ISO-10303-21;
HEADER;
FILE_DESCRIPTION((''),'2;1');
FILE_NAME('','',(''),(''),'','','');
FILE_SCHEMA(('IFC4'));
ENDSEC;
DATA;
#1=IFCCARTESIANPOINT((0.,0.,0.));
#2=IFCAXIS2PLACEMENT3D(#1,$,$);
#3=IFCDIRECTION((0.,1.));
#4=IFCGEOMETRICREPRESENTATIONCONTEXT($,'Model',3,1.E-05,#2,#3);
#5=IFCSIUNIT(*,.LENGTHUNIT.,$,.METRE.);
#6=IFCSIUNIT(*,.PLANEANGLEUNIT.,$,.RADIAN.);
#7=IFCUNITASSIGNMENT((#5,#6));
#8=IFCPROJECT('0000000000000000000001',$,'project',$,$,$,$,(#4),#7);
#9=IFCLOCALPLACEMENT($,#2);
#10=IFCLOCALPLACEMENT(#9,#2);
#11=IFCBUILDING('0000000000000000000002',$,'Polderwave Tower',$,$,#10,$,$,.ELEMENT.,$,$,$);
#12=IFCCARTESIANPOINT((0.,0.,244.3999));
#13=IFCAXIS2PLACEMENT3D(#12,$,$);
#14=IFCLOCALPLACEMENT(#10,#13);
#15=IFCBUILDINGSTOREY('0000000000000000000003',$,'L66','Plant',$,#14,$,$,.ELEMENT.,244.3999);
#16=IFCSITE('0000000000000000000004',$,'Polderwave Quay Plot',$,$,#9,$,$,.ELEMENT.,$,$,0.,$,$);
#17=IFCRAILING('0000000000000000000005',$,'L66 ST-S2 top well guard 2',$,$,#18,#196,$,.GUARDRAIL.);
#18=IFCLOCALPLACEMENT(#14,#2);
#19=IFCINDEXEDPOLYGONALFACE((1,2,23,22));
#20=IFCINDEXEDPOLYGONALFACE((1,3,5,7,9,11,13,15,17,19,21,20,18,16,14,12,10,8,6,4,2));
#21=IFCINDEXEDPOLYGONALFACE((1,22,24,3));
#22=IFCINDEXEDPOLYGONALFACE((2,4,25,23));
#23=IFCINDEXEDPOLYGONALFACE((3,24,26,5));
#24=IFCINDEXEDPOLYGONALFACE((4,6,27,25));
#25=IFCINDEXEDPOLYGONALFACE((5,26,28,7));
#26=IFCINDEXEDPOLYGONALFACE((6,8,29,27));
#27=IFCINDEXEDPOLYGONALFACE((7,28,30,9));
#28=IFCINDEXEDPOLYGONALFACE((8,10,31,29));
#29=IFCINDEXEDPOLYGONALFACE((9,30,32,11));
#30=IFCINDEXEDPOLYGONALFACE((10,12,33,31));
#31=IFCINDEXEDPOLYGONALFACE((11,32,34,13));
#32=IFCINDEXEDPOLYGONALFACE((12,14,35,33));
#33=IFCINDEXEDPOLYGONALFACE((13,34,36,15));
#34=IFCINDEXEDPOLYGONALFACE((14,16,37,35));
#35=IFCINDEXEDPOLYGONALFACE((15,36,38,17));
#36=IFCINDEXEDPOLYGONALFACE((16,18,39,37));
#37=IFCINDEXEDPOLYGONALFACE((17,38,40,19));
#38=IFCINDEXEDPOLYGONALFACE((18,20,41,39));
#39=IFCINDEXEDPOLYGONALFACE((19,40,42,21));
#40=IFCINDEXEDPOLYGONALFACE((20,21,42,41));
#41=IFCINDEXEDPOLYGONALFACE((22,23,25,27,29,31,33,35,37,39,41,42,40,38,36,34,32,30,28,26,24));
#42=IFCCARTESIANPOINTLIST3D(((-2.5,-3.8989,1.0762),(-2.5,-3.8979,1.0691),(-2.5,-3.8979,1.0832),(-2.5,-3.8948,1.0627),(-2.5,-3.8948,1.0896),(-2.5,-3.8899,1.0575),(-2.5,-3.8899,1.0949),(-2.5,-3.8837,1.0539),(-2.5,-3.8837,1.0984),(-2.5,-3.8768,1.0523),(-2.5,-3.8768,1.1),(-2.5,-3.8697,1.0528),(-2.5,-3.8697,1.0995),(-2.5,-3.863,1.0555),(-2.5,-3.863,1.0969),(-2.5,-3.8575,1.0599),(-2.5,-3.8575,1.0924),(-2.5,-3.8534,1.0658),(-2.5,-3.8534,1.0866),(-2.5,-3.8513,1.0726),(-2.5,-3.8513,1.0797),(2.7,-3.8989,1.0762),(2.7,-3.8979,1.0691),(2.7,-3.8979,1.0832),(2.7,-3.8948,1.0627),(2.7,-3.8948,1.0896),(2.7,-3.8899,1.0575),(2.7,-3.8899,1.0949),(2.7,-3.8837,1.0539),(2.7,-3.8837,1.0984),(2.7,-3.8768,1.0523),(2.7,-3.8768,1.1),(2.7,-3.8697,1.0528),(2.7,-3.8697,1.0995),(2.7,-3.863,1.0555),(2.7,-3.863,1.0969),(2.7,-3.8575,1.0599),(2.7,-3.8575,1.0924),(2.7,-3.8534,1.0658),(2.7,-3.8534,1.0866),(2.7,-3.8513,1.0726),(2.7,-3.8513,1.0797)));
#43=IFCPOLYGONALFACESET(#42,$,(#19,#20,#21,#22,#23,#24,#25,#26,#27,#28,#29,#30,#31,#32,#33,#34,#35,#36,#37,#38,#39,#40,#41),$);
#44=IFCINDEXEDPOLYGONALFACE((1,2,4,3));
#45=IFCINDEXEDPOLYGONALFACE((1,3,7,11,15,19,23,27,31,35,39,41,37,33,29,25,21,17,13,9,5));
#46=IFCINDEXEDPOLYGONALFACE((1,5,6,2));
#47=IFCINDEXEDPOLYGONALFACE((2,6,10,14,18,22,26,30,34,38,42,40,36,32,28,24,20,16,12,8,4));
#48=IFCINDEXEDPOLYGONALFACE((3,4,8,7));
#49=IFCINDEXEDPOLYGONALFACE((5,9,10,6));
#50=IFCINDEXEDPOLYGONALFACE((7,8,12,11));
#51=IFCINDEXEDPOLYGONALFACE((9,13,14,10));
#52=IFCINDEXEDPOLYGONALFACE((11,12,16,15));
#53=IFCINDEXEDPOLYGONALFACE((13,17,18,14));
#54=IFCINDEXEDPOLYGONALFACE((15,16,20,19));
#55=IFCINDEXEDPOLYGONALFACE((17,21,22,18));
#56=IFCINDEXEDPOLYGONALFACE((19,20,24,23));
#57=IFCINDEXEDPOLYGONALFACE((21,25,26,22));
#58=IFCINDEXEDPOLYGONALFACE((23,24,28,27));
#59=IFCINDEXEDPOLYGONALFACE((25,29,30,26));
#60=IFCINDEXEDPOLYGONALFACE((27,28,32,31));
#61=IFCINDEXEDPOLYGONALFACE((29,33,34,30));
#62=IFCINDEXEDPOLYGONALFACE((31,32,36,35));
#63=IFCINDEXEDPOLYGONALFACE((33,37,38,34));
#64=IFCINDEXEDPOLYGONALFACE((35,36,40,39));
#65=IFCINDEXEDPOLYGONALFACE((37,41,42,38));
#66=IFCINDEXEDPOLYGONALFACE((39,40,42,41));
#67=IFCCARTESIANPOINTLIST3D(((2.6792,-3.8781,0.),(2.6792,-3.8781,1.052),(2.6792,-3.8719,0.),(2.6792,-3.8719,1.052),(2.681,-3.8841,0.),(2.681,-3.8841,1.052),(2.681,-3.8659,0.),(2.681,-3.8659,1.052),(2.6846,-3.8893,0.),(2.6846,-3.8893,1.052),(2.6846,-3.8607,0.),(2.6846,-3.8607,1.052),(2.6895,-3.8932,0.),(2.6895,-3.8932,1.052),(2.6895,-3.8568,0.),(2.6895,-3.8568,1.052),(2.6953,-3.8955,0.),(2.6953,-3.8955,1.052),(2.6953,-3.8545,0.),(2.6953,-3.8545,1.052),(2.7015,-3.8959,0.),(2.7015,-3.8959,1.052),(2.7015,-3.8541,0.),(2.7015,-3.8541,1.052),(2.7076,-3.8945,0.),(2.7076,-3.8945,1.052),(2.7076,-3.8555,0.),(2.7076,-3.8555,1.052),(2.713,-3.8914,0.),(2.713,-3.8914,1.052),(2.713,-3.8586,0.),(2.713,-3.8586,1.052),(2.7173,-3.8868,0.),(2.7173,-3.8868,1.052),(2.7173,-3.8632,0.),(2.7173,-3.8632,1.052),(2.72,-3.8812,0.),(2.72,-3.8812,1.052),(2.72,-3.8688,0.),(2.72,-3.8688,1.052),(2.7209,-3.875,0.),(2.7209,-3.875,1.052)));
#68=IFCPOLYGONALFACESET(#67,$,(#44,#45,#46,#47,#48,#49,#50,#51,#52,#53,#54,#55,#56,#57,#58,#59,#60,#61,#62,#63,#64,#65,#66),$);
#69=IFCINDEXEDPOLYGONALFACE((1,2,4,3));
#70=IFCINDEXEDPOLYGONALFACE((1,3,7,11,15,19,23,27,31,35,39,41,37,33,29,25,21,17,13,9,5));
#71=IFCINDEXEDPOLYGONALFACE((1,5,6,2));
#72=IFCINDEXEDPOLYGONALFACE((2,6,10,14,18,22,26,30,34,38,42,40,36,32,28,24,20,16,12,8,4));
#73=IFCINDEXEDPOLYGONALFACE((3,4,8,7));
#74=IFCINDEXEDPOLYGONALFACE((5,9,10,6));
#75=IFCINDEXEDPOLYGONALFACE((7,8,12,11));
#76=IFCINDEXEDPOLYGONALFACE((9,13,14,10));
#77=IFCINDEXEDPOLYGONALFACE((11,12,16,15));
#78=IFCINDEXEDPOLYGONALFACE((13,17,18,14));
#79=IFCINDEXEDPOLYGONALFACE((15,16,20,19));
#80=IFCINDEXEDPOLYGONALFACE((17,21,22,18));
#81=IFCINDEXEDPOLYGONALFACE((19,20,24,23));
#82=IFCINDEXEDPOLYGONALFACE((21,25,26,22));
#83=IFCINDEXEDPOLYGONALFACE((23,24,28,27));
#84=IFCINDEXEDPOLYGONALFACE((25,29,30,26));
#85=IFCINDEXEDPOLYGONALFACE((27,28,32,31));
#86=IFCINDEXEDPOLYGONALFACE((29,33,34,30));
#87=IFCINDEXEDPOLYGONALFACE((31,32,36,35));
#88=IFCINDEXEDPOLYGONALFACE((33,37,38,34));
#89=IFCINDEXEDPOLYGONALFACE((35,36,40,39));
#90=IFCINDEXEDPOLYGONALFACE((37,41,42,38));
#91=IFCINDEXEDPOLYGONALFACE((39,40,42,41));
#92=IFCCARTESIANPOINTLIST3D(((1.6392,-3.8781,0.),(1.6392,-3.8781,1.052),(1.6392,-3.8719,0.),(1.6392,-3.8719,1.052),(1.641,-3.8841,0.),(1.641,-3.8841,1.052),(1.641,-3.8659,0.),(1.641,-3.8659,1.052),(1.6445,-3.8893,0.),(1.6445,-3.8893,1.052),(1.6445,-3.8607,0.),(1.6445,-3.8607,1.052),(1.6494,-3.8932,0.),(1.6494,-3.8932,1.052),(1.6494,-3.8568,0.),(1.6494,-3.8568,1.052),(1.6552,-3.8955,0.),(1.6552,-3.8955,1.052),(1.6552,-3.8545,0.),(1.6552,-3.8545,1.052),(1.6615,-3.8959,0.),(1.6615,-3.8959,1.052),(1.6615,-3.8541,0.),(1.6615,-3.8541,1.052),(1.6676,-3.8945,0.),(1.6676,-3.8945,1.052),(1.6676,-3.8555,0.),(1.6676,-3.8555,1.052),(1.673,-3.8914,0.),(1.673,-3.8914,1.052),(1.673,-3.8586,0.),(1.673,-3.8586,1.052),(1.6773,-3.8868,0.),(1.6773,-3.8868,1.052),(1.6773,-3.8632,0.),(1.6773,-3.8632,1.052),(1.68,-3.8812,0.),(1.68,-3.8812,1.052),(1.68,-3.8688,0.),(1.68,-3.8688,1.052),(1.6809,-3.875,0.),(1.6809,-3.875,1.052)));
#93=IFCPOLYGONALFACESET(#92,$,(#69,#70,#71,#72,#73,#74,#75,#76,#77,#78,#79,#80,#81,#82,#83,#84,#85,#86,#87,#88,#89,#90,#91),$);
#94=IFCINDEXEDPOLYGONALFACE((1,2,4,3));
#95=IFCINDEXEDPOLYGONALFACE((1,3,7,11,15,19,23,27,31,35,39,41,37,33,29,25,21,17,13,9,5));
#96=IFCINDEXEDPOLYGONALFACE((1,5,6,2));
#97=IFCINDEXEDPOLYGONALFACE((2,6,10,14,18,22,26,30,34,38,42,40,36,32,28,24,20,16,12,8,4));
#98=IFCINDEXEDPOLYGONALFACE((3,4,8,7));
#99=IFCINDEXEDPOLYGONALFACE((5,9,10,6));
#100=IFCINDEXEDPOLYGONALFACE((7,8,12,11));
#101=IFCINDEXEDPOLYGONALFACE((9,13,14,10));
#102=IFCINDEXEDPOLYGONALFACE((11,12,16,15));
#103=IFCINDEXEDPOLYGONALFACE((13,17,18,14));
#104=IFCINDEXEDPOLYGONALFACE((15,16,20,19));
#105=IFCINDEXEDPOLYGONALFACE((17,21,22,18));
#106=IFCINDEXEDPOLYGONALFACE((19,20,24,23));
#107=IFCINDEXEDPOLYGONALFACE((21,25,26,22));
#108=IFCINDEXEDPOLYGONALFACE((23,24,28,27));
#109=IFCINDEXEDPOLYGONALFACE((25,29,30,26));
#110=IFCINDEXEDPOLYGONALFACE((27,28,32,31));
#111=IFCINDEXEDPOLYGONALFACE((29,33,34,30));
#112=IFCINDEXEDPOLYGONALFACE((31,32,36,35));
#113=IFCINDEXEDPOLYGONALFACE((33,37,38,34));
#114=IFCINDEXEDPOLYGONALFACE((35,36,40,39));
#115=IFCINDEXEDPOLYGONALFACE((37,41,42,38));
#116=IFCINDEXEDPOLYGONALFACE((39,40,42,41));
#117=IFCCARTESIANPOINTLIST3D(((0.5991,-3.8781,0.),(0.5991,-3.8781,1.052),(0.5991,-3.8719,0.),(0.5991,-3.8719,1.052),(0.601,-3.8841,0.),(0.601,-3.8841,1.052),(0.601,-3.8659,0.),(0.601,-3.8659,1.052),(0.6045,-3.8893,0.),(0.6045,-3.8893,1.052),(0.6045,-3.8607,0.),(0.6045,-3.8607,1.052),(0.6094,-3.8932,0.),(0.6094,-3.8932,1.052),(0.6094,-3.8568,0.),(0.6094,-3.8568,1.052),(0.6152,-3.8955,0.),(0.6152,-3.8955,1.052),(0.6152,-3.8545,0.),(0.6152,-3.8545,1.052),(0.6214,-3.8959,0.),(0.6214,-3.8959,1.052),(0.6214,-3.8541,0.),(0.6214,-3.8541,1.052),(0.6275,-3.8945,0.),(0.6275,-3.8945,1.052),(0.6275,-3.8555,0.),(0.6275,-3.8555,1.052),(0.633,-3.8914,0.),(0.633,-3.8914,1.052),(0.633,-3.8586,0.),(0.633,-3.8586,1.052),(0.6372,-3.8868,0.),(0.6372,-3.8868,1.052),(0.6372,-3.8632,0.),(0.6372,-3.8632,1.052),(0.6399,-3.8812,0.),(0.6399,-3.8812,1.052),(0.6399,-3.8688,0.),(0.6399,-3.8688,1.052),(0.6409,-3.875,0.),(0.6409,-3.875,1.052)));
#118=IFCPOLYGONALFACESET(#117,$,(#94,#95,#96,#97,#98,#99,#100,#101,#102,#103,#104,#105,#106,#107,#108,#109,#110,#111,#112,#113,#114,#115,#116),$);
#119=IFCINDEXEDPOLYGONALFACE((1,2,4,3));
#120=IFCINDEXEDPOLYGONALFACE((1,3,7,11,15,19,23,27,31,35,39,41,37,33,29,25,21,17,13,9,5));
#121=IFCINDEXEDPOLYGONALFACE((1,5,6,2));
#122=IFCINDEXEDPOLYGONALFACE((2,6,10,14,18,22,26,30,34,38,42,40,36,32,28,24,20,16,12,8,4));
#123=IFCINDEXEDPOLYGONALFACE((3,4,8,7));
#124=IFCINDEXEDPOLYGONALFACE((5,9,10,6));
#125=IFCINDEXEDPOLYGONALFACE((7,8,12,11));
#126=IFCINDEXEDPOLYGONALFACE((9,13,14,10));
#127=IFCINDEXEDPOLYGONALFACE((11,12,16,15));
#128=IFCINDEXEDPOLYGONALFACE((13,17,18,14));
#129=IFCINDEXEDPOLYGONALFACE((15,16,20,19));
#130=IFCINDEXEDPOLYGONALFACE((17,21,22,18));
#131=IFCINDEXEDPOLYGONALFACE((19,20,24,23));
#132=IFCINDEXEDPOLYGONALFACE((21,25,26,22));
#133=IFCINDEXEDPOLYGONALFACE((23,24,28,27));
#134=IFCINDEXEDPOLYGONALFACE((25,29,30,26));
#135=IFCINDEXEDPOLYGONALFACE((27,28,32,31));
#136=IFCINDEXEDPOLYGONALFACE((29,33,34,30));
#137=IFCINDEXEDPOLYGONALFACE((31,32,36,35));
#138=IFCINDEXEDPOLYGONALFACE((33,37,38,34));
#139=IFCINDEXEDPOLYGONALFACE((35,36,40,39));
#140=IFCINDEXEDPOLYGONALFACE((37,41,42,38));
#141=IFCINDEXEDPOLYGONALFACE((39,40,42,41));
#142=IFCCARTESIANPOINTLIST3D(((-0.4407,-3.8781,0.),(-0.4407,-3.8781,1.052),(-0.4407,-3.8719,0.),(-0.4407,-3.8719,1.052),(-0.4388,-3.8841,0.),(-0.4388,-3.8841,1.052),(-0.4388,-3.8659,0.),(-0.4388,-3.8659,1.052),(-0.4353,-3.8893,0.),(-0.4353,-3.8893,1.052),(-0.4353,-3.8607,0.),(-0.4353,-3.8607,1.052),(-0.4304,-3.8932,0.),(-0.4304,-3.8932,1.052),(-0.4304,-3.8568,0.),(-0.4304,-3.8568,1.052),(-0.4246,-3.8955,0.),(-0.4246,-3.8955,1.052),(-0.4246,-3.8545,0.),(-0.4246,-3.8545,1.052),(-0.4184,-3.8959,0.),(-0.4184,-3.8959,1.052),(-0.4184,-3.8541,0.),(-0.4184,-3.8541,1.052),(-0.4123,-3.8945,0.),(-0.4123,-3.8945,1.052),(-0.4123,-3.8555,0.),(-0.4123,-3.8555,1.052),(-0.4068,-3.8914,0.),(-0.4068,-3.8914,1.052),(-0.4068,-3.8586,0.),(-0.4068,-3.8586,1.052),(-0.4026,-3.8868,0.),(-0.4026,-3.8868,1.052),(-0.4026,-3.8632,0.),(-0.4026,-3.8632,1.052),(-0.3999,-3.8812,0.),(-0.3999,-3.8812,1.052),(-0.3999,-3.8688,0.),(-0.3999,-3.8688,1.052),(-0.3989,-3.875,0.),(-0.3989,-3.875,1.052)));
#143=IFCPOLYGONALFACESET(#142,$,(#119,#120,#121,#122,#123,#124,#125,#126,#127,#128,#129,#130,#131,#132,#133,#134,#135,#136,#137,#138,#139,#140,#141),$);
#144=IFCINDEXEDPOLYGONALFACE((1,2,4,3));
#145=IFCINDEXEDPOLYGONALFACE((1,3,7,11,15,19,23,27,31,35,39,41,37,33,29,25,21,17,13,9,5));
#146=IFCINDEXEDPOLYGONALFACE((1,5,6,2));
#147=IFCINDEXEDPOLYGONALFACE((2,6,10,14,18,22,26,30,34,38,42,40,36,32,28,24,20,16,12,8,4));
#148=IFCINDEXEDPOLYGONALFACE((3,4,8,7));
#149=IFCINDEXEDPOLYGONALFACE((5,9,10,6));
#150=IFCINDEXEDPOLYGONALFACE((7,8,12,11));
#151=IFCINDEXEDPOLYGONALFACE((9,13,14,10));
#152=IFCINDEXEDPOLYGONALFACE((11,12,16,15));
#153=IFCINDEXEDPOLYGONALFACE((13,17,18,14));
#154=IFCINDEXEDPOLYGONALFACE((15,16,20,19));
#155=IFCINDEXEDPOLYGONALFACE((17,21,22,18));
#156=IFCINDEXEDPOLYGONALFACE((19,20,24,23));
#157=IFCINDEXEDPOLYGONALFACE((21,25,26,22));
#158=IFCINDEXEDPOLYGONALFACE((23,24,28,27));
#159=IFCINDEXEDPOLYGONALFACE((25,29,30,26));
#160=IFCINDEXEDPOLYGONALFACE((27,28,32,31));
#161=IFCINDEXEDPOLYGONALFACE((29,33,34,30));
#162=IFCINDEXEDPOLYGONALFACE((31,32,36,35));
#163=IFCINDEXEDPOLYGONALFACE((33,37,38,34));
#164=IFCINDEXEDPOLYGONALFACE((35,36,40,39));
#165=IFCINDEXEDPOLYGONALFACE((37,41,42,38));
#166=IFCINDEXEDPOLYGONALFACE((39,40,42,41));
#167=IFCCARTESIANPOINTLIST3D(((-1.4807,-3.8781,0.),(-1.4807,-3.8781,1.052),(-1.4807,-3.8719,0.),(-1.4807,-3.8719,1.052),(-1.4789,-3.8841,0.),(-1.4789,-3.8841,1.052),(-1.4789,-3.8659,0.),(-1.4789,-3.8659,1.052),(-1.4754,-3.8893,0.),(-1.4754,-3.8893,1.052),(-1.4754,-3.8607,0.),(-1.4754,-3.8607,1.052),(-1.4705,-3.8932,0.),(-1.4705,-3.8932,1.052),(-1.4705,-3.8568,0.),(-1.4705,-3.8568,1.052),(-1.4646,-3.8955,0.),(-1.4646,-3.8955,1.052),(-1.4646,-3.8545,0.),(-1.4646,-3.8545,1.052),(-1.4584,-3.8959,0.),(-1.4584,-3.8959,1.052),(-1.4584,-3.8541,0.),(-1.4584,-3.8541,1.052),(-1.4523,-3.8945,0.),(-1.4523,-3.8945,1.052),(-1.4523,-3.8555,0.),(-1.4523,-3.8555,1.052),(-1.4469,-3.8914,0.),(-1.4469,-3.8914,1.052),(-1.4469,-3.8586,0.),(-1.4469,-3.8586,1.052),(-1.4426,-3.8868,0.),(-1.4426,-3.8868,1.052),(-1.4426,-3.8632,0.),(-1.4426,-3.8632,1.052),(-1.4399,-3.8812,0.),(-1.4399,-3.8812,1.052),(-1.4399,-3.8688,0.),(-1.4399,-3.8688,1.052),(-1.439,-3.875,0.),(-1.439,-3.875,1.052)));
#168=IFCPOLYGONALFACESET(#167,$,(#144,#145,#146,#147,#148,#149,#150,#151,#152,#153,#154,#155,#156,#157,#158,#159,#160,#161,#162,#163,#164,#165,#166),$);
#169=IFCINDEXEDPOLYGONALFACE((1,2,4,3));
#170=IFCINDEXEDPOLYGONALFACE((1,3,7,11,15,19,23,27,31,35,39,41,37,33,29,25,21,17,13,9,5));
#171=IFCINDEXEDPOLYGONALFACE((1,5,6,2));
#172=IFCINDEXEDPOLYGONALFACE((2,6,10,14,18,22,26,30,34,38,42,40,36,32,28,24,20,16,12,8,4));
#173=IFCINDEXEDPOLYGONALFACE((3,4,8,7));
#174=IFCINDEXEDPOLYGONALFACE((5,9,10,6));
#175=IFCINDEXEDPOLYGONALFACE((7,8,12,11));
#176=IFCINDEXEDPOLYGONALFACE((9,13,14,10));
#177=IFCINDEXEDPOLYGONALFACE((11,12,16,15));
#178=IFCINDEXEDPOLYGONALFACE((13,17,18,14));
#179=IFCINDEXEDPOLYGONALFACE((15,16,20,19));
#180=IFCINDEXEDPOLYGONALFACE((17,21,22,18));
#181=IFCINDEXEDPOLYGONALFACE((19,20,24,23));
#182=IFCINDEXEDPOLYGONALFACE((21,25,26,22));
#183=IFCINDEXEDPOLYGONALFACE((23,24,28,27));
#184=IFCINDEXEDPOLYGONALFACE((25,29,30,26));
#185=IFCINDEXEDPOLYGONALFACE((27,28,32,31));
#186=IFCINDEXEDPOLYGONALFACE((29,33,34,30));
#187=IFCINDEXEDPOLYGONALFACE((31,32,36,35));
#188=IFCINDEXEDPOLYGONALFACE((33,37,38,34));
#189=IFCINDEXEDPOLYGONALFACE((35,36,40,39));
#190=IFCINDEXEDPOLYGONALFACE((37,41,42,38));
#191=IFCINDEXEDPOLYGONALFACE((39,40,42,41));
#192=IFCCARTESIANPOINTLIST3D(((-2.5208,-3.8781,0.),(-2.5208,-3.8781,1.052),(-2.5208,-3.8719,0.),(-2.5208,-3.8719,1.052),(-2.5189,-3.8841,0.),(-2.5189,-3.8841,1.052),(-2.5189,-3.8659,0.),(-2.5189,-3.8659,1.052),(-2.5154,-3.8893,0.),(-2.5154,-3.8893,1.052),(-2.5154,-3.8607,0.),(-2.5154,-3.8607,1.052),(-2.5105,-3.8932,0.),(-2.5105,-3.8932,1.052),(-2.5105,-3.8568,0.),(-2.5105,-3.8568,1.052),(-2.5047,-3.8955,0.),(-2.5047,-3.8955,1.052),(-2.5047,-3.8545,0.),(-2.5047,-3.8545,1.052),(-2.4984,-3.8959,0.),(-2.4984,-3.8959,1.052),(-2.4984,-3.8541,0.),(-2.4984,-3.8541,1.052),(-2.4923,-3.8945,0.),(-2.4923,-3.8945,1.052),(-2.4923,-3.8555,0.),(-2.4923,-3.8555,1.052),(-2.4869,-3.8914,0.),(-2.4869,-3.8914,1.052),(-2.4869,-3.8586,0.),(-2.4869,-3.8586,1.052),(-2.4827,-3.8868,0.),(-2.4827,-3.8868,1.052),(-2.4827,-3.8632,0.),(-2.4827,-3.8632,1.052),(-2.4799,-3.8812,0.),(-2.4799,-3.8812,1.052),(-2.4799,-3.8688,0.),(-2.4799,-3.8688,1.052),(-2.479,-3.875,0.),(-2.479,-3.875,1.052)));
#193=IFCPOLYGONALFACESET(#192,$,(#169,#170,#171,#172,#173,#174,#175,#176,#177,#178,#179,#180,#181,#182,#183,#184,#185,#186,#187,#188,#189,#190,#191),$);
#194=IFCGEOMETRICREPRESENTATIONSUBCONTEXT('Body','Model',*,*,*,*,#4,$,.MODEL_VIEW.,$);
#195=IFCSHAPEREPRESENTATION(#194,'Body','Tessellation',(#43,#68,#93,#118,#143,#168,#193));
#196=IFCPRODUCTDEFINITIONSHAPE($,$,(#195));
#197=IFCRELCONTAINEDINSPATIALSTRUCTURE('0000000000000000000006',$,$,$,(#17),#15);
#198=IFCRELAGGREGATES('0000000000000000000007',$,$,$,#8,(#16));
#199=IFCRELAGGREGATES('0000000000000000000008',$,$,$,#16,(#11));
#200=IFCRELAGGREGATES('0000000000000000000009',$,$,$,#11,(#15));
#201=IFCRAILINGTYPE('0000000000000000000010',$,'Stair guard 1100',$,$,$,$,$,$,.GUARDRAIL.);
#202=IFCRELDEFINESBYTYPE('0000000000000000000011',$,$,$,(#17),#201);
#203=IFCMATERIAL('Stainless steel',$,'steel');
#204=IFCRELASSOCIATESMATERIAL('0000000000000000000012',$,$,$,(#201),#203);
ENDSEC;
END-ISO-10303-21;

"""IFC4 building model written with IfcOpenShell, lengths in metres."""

from ifc_helpers import new_model, si_unit, direction, frame, origin, origin_2d, place, context, subcontext, project, spatial, circle, extrude, material, type_object, element, save


model = new_model("IFC4")

# Units and contexts
model_context = context("Model", 3, precision=1e-05, world=origin(), true_north=direction((0.0, 1.0)))
body_context = subcontext(model_context, "Body", "Model", "MODEL_VIEW")
ifc_project = project(units=[si_unit("LENGTHUNIT", "METRE"), si_unit("PLANEANGLEUNIT", "RADIAN")], contexts=[model_context])

# Site, building, storey
site_placement = place(None, origin())
site = spatial("IfcSite", under=ifc_project, at=site_placement, Name="Polderwave Quay Plot", CompositionType="ELEMENT", RefElevation=0.0)
building_placement = place(site_placement, origin())
building = spatial("IfcBuilding", under=site, at=building_placement, Name="Polderwave Tower", CompositionType="ELEMENT")
storey_placement = place(building_placement, frame((0.0, 0.0, 244.3999)))
storey = spatial("IfcBuildingStorey", under=building, at=storey_placement, Name="L66", Description="Plant", CompositionType="ELEMENT", Elevation=244.3999)

# Railing
ifc_material_1 = material(Name="Stainless steel", Category="steel")
railing_type = type_object("IfcRailingType", Name="Stair guard 1100", PredefinedType="GUARDRAIL", material=ifc_material_1)
railing_1_placement = place(storey_placement, frame((2.7, -3.875, 0.0)))
element("IfcRailing", 1, at=railing_1_placement, inside=storey, type_object=railing_type, Name="L66 ST-S2 top well guard 2", PredefinedType="GUARDRAIL", context=body_context, shape_type="SweptSolid", body=[
    extrude(circle(Radius=0.0239, at=origin_2d()), frame((0.0, 0.0, 1.0762), z_axis=(-1.0, 0.0, 0.0), x_axis=(0.0, -1.0, 0.0)), (0.0, 0.0, 1.0), 5.2),
    extrude(circle(Radius=0.021, at=origin_2d()), origin(), (0.0, 0.0, 1.0), 1.052),
    extrude(circle(Radius=0.021, at=origin_2d()), frame((-1.04, 0.0, 0.0)), (0.0, 0.0, 1.0), 1.052),
    extrude(circle(Radius=0.021, at=origin_2d()), frame((-2.0801, 0.0, 0.0)), (0.0, 0.0, 1.0), 1.052),
    extrude(circle(Radius=0.021, at=origin_2d()), frame((-3.1199, 0.0, 0.0)), (0.0, 0.0, 1.0), 1.052),
    extrude(circle(Radius=0.021, at=origin_2d()), frame((-4.1599, 0.0, 0.0)), (0.0, 0.0, 1.0), 1.052),
    extrude(circle(Radius=0.021, at=origin_2d()), frame((-5.2, 0.0, 0.0)), (0.0, 0.0, 1.0), 1.052),
])

save(model, "model.ifc")
